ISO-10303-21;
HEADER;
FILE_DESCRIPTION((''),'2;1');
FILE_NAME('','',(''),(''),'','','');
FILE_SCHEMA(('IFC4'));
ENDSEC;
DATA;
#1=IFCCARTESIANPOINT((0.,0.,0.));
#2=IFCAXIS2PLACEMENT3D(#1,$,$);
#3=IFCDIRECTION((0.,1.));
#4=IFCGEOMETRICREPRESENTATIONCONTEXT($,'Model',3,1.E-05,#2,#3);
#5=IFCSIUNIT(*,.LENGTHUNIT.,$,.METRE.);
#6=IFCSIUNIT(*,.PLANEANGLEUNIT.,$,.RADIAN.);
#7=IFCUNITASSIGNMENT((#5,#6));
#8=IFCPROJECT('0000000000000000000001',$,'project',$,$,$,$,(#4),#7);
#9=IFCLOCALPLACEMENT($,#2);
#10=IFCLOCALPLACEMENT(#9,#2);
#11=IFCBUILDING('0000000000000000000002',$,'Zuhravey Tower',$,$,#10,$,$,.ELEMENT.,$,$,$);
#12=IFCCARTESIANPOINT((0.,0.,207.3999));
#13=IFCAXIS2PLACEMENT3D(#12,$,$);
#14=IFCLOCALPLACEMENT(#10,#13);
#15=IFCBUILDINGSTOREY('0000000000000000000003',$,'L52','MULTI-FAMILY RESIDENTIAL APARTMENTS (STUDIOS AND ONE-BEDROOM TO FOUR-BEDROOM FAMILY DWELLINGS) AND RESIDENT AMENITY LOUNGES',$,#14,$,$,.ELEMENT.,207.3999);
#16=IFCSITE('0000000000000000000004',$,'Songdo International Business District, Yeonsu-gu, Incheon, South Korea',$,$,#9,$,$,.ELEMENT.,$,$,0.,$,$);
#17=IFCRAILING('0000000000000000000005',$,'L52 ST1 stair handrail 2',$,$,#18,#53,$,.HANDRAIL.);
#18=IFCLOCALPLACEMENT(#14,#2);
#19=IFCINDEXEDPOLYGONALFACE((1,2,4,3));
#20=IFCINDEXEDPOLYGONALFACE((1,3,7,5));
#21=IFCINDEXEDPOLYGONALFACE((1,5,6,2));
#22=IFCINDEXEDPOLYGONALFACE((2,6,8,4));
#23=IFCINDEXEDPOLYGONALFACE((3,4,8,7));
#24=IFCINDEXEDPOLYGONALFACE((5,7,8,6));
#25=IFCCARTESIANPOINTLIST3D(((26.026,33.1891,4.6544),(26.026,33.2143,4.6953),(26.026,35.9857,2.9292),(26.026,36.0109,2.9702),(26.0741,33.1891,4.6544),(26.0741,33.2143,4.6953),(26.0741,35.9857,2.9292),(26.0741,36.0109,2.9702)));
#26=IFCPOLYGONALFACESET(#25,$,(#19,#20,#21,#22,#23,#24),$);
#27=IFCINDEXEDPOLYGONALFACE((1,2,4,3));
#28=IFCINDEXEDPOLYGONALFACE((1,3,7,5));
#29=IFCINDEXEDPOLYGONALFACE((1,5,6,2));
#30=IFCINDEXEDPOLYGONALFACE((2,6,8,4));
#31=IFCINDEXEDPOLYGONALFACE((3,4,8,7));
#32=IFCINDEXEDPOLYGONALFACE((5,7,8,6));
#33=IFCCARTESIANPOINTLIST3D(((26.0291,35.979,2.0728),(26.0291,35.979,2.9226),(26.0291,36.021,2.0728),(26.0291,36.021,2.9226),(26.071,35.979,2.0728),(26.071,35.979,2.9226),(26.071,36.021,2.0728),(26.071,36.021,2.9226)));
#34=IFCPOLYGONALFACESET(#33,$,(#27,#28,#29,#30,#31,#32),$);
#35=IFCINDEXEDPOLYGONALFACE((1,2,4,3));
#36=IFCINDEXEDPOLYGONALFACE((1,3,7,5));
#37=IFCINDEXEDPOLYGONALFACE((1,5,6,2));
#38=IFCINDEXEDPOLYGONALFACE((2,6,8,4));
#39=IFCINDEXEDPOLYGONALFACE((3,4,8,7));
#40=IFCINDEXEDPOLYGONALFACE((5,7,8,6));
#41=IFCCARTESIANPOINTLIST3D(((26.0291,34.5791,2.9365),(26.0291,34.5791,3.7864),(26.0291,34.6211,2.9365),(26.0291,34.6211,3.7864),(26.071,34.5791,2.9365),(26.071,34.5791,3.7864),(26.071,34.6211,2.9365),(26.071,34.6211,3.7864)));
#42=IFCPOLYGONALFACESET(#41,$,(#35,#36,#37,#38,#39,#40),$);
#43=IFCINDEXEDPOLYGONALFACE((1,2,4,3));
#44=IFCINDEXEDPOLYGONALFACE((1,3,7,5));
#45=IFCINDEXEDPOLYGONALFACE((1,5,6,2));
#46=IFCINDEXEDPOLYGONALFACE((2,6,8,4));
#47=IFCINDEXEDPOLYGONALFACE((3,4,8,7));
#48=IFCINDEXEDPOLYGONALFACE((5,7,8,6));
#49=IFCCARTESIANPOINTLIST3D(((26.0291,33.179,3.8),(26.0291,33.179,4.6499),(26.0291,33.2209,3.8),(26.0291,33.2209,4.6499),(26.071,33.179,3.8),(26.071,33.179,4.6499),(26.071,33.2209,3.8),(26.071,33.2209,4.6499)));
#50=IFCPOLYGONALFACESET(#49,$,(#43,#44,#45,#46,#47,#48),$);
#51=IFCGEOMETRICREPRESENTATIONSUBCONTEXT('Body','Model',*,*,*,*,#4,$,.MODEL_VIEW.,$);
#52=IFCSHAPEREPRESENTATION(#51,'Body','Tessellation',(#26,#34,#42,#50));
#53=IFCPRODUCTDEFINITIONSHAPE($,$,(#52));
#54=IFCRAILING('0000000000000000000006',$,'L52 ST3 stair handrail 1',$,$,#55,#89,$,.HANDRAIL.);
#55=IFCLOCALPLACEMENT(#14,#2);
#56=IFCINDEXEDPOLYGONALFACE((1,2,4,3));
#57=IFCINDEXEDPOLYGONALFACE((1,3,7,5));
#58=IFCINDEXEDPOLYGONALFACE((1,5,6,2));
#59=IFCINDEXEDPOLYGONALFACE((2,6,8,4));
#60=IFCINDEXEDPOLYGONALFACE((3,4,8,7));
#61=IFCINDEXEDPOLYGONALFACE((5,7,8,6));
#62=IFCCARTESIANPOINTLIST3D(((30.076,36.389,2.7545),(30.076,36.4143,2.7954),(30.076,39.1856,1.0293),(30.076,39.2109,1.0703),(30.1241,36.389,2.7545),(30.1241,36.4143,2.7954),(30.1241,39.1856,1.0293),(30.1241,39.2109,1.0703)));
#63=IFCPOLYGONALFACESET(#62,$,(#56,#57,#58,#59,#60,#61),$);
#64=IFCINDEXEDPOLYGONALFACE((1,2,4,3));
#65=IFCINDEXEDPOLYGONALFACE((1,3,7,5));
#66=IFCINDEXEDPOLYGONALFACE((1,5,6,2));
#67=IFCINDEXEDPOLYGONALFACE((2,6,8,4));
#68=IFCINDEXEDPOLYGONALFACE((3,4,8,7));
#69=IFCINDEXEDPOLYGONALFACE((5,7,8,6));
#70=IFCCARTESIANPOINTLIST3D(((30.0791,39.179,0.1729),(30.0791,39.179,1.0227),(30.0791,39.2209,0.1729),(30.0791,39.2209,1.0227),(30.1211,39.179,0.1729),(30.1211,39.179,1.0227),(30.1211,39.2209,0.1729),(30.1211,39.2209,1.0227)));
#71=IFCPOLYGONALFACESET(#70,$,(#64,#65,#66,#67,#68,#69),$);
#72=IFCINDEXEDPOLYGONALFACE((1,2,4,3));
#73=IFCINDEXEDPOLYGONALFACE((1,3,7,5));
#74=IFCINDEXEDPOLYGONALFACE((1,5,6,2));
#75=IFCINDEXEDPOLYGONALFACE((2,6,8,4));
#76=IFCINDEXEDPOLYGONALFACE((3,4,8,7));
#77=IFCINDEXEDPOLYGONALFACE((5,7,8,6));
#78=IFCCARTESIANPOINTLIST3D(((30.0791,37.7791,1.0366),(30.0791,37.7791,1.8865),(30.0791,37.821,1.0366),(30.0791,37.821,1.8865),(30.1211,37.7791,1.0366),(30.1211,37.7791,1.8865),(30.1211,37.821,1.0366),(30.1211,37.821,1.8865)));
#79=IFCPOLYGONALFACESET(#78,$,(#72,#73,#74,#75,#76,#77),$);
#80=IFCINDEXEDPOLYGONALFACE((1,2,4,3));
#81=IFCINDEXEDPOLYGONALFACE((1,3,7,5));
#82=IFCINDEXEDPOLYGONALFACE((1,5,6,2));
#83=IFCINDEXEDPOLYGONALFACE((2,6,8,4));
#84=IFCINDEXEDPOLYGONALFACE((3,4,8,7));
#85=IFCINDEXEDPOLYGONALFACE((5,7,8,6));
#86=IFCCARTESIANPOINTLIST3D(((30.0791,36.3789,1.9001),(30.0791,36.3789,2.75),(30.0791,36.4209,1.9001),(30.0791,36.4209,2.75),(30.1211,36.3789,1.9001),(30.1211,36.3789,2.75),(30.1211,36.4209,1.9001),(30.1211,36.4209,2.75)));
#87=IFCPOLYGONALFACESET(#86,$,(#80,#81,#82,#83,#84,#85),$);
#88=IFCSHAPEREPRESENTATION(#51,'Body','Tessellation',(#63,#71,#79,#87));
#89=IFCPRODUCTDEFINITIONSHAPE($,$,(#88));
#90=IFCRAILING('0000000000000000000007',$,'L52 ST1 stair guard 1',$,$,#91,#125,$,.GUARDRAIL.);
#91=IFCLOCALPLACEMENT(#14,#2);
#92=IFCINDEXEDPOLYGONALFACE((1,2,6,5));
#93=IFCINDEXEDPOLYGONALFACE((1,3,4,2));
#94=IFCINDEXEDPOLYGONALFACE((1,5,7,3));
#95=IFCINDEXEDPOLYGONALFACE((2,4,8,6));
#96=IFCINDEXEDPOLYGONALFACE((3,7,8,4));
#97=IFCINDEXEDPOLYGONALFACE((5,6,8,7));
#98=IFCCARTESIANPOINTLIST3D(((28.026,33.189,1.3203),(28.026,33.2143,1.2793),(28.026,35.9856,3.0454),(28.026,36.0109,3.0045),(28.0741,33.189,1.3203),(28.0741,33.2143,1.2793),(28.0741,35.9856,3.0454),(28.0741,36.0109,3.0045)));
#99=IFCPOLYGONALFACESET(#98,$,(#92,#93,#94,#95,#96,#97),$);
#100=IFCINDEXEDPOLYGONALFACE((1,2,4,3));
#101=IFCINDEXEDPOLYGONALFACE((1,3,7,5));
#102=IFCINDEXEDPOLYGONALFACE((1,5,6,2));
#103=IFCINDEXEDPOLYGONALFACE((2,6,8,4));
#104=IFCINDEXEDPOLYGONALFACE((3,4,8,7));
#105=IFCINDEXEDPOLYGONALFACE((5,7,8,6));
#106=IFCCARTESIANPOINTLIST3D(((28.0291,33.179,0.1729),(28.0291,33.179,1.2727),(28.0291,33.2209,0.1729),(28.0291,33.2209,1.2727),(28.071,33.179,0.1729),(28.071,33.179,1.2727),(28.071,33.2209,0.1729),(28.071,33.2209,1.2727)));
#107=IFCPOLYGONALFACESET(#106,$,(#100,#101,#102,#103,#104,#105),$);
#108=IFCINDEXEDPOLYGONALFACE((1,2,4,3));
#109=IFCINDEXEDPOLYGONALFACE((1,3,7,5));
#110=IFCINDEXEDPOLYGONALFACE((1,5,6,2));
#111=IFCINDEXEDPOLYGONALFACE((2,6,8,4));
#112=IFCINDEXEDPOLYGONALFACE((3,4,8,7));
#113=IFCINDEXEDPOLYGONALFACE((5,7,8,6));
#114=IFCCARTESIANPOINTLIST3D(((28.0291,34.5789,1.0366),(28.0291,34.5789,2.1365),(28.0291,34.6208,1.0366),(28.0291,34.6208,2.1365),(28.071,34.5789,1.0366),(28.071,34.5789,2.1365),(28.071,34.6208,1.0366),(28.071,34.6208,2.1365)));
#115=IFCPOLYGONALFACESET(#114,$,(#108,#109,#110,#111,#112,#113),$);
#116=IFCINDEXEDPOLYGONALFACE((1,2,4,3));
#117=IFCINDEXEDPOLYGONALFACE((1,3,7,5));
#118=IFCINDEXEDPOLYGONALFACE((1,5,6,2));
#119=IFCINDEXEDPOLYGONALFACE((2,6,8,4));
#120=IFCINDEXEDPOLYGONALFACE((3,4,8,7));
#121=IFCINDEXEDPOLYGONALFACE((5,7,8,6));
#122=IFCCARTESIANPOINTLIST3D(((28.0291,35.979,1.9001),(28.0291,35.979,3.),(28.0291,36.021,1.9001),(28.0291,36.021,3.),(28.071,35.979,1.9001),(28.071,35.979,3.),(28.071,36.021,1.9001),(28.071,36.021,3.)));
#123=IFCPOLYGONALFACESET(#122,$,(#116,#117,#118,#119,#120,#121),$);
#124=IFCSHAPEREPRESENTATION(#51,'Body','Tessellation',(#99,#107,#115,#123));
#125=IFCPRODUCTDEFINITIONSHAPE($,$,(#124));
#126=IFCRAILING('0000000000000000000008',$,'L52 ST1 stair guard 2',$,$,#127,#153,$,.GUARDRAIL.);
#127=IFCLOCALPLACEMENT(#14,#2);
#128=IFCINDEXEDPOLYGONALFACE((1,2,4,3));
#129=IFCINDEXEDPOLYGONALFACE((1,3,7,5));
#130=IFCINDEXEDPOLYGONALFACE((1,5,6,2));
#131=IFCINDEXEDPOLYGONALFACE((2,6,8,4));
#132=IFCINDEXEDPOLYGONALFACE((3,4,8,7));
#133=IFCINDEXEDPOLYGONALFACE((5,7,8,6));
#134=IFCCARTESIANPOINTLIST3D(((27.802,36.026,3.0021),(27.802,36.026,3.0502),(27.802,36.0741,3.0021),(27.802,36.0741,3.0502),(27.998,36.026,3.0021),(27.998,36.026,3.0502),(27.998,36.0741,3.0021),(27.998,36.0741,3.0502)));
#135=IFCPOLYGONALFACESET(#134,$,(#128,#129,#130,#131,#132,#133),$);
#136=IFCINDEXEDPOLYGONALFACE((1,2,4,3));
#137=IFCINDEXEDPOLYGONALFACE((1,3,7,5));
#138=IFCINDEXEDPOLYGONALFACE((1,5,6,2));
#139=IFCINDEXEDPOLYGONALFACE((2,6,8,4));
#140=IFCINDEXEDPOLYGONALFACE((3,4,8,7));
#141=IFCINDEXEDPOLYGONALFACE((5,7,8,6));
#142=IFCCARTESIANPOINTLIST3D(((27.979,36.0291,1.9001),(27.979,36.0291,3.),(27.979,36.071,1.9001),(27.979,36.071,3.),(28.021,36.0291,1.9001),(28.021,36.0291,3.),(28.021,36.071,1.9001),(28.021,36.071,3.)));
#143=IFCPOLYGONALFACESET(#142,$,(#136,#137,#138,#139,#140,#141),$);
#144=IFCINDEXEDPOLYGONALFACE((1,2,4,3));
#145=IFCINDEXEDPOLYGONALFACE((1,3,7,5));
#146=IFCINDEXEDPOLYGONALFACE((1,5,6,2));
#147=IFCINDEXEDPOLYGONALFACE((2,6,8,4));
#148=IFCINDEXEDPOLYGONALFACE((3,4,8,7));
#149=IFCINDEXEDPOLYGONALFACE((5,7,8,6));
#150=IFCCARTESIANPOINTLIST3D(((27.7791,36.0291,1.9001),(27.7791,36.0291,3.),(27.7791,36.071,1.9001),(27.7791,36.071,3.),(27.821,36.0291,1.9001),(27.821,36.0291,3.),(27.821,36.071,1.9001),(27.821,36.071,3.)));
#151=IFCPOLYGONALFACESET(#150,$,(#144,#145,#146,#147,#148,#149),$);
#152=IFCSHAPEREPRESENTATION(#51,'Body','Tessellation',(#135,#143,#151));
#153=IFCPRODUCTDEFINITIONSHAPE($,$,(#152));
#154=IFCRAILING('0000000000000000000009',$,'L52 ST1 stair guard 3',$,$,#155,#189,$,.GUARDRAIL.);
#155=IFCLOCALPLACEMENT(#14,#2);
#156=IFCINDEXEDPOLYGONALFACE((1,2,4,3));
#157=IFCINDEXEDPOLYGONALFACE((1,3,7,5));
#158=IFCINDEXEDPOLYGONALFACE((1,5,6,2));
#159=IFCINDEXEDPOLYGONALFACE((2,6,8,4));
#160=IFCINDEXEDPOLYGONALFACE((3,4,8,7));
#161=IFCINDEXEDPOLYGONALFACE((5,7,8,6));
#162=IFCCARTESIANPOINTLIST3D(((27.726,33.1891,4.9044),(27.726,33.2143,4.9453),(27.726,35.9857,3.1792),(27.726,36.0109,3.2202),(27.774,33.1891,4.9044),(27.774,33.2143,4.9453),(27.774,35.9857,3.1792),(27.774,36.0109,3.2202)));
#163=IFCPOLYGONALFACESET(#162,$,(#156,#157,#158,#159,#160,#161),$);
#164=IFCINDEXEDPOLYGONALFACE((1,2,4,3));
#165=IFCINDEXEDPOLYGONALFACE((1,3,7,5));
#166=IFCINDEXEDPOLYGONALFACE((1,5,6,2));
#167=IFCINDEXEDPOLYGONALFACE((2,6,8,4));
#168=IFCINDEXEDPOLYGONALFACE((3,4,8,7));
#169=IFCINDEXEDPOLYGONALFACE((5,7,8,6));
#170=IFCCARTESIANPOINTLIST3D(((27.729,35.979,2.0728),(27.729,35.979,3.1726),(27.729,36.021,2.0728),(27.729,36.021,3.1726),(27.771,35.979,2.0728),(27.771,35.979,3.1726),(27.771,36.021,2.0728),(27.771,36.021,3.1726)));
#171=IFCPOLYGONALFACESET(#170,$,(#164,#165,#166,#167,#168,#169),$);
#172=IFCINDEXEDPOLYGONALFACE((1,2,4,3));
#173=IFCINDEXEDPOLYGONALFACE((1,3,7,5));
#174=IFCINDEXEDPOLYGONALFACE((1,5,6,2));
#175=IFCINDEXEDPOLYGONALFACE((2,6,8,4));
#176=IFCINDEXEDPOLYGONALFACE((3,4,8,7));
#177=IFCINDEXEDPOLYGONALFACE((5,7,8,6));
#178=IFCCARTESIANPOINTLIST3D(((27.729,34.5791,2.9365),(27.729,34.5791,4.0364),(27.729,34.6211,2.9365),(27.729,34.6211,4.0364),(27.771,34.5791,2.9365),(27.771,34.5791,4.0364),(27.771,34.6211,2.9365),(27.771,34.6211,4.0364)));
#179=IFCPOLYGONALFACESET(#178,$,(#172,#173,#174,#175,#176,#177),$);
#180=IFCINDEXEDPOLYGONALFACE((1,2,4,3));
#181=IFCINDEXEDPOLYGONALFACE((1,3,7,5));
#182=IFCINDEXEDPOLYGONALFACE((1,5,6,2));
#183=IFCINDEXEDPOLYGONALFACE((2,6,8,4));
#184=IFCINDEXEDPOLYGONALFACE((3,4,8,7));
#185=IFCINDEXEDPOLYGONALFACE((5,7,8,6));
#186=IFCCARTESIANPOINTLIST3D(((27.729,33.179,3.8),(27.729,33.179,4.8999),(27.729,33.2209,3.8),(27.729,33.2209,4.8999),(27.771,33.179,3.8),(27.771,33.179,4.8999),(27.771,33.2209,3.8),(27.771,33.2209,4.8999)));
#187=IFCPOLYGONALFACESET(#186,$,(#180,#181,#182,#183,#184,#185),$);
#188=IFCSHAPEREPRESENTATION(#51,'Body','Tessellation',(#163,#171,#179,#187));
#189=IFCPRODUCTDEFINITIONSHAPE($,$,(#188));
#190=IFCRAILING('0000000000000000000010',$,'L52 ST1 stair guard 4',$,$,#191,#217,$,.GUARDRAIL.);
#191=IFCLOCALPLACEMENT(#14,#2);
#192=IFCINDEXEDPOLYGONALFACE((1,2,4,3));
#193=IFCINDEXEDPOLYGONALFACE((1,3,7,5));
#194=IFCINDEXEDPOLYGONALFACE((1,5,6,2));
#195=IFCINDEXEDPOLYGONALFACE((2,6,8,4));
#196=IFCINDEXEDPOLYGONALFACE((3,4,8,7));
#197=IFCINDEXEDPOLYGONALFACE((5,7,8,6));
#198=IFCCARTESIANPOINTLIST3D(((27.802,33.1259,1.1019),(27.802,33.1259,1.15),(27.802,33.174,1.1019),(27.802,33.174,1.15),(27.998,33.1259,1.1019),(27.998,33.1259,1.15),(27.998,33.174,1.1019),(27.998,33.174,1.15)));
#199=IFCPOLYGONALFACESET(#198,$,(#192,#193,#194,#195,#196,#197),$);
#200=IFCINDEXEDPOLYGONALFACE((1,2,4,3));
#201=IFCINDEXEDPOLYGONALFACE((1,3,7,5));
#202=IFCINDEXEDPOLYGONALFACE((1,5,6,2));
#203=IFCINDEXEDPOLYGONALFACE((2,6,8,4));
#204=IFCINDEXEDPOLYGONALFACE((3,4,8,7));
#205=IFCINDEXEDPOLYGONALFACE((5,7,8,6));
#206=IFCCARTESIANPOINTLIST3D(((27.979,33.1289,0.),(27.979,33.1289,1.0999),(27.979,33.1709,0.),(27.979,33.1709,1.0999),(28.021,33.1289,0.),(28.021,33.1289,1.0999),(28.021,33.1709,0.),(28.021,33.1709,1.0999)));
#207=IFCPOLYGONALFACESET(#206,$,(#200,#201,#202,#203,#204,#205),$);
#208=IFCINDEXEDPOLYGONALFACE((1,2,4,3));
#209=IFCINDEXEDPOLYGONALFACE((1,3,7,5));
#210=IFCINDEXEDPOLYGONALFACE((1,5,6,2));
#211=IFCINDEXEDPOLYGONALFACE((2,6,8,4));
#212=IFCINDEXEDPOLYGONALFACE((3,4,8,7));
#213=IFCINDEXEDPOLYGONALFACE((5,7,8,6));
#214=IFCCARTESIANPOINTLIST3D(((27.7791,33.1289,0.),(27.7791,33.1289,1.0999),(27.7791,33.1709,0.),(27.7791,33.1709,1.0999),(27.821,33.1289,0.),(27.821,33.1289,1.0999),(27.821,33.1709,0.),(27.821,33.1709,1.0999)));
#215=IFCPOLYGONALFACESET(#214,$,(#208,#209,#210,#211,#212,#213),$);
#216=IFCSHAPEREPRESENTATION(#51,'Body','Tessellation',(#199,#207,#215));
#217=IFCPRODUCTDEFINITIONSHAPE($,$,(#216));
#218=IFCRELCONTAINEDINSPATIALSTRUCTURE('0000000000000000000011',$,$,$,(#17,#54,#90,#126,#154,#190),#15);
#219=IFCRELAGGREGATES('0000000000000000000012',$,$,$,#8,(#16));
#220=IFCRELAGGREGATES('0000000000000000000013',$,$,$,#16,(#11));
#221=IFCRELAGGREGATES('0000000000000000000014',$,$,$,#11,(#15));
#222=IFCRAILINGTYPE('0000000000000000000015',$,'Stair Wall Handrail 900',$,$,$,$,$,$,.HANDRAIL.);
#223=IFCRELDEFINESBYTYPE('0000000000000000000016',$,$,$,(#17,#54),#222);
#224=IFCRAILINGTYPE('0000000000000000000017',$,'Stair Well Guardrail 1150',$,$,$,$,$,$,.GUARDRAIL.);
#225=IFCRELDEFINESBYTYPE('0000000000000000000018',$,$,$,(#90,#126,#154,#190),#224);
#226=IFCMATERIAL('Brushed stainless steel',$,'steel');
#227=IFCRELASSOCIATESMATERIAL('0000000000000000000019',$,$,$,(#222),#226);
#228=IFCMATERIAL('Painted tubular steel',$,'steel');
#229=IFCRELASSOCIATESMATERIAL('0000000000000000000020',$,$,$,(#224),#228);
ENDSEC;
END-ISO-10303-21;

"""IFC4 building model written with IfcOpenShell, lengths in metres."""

from ifc_helpers import new_model, si_unit, direction, frame, origin, origin_2d, place, context, subcontext, project, spatial, rectangle, extrude, material, type_object, element, save


model = new_model("IFC4")

# Units and contexts
model_context = context("Model", 3, precision=1e-05, world=origin(), true_north=direction((0.0, 1.0)))
body_context = subcontext(model_context, "Body", "Model", "MODEL_VIEW")
ifc_project = project(units=[si_unit("LENGTHUNIT", "METRE"), si_unit("PLANEANGLEUNIT", "RADIAN")], contexts=[model_context])

# Site, building, storey
site_placement = place(None, origin())
site = spatial("IfcSite", under=ifc_project, at=site_placement, Name="Songdo International Business District, Yeonsu-gu, Incheon, South Korea", CompositionType="ELEMENT", RefElevation=0.0)
building_placement = place(site_placement, origin())
building = spatial("IfcBuilding", under=site, at=building_placement, Name="Zuhravey Tower", CompositionType="ELEMENT")
storey_placement = place(building_placement, frame((0.0, 0.0, 207.3999)))
storey = spatial("IfcBuildingStorey", under=building, at=storey_placement, Name="L52", Description="MULTI-FAMILY RESIDENTIAL APARTMENTS (STUDIOS AND ONE-BEDROOM TO FOUR-BEDROOM FAMILY DWELLINGS) AND RESIDENT AMENITY LOUNGES", CompositionType="ELEMENT", Elevation=207.3999)

# Railings
ifc_material_1 = material(Name="Brushed stainless steel", Category="steel")
railing_type_1 = type_object("IfcRailingType", Name="Stair Wall Handrail 900", PredefinedType="HANDRAIL", material=ifc_material_1)
for number, where, name in (
    (1, (26.05, 36.0, 2.0728), "L52 ST1 stair handrail 2"),
    (2, (30.1001, 39.2, 0.1729), "L52 ST3 stair handrail 1"),
):
    element("IfcRailing", number, at=place(storey_placement, frame(where)), inside=storey, type_object=railing_type_1, Name=name, PredefinedType="HANDRAIL", context=body_context, shape_type="SweptSolid", body=[
        extrude(rectangle(XDim=0.0481, YDim=0.0481, at=origin_2d()), frame((0.0, -0.0017, 0.877), z_axis=(0.0, -0.85109, 0.52502), x_axis=(1.0, 0.0, 0.0)), (0.0, 0.0, 1.0), 3.2859),
        extrude(rectangle(XDim=0.042, YDim=0.042, at=origin_2d()), origin(), (0.0, 0.0, 1.0), 0.8499),
        extrude(rectangle(XDim=0.042, YDim=0.042, at=origin_2d()), frame((0.0, -1.3999, 0.8638)), (0.0, 0.0, 1.0), 0.8499),
        extrude(rectangle(XDim=0.042, YDim=0.042, at=origin_2d()), frame((0.0, -2.8, 1.7273)), (0.0, 0.0, 1.0), 0.8499),
    ])
ifc_material_2 = material(Name="Painted tubular steel", Category="steel")
railing_type_2 = type_object("IfcRailingType", Name="Stair Well Guardrail 1150", PredefinedType="GUARDRAIL", material=ifc_material_2)
railing_1_placement = place(storey_placement, frame((28.05, 33.2, 0.1729)))
element("IfcRailing", 3, at=railing_1_placement, inside=storey, type_object=railing_type_2, Name="L52 ST1 stair guard 1", PredefinedType="GUARDRAIL", context=body_context, shape_type="SweptSolid", body=[
    extrude(rectangle(XDim=0.0481, YDim=0.0481, at=origin_2d()), frame((0.0, 0.0017, 1.127), z_axis=(0.0, 0.85109, 0.52502), x_axis=(-1.0, 0.0, 0.0)), (0.0, 0.0, 1.0), 3.2859),
    extrude(rectangle(XDim=0.042, YDim=0.042, at=origin_2d()), origin(), (0.0, 0.0, 1.0), 1.0999),
    extrude(rectangle(XDim=0.042, YDim=0.042, at=origin_2d()), frame((0.0, 1.3999, 0.8638)), (0.0, 0.0, 1.0), 1.0999),
    extrude(rectangle(XDim=0.042, YDim=0.042, at=origin_2d()), frame((0.0, 2.8, 1.7273)), (0.0, 0.0, 1.0), 1.0999),
])
railing_2_placement = place(storey_placement, frame((28.0, 36.05, 1.9001)))
element("IfcRailing", 4, at=railing_2_placement, inside=storey, type_object=railing_type_2, Name="L52 ST1 stair guard 2", PredefinedType="GUARDRAIL", context=body_context, shape_type="SweptSolid", body=[
    extrude(rectangle(XDim=0.0481, YDim=0.0481, at=origin_2d()), frame((-0.002, 0.0, 1.126), z_axis=(-1.0, 0.0, 0.0), x_axis=(0.0, -1.0, 0.0)), (0.0, 0.0, 1.0), 0.196),
    extrude(rectangle(XDim=0.042, YDim=0.042, at=origin_2d()), origin(), (0.0, 0.0, 1.0), 1.0999),
    extrude(rectangle(XDim=0.042, YDim=0.042, at=origin_2d()), frame((-0.2, 0.0, 0.0)), (0.0, 0.0, 1.0), 1.0999),
])
railing_3_placement = place(storey_placement, frame((27.75, 36.0, 2.0728)))
element("IfcRailing", 5, at=railing_3_placement, inside=storey, type_object=railing_type_2, Name="L52 ST1 stair guard 3", PredefinedType="GUARDRAIL", context=body_context, shape_type="SweptSolid", body=[
    extrude(rectangle(XDim=0.0481, YDim=0.0481, at=origin_2d()), frame((0.0, -0.0017, 1.127), z_axis=(0.0, -0.85109, 0.52502), x_axis=(1.0, 0.0, 0.0)), (0.0, 0.0, 1.0), 3.2859),
    extrude(rectangle(XDim=0.042, YDim=0.042, at=origin_2d()), origin(), (0.0, 0.0, 1.0), 1.0999),
    extrude(rectangle(XDim=0.042, YDim=0.042, at=origin_2d()), frame((0.0, -1.3999, 0.8638)), (0.0, 0.0, 1.0), 1.0999),
    extrude(rectangle(XDim=0.042, YDim=0.042, at=origin_2d()), frame((0.0, -2.8, 1.7273)), (0.0, 0.0, 1.0), 1.0999),
])
railing_4_placement = place(storey_placement, frame((28.0, 33.1499, 0.0)))
element("IfcRailing", 6, at=railing_4_placement, inside=storey, type_object=railing_type_2, Name="L52 ST1 stair guard 4", PredefinedType="GUARDRAIL", context=body_context, shape_type="SweptSolid", body=[
    extrude(rectangle(XDim=0.0481, YDim=0.0481, at=origin_2d()), frame((-0.002, 0.0, 1.126), z_axis=(-1.0, 0.0, 0.0), x_axis=(0.0, -1.0, 0.0)), (0.0, 0.0, 1.0), 0.196),
    extrude(rectangle(XDim=0.042, YDim=0.042, at=origin_2d()), origin(), (0.0, 0.0, 1.0), 1.0999),
    extrude(rectangle(XDim=0.042, YDim=0.042, at=origin_2d()), frame((-0.2, 0.0, 0.0)), (0.0, 0.0, 1.0), 1.0999),
])

save(model, "model.ifc")
